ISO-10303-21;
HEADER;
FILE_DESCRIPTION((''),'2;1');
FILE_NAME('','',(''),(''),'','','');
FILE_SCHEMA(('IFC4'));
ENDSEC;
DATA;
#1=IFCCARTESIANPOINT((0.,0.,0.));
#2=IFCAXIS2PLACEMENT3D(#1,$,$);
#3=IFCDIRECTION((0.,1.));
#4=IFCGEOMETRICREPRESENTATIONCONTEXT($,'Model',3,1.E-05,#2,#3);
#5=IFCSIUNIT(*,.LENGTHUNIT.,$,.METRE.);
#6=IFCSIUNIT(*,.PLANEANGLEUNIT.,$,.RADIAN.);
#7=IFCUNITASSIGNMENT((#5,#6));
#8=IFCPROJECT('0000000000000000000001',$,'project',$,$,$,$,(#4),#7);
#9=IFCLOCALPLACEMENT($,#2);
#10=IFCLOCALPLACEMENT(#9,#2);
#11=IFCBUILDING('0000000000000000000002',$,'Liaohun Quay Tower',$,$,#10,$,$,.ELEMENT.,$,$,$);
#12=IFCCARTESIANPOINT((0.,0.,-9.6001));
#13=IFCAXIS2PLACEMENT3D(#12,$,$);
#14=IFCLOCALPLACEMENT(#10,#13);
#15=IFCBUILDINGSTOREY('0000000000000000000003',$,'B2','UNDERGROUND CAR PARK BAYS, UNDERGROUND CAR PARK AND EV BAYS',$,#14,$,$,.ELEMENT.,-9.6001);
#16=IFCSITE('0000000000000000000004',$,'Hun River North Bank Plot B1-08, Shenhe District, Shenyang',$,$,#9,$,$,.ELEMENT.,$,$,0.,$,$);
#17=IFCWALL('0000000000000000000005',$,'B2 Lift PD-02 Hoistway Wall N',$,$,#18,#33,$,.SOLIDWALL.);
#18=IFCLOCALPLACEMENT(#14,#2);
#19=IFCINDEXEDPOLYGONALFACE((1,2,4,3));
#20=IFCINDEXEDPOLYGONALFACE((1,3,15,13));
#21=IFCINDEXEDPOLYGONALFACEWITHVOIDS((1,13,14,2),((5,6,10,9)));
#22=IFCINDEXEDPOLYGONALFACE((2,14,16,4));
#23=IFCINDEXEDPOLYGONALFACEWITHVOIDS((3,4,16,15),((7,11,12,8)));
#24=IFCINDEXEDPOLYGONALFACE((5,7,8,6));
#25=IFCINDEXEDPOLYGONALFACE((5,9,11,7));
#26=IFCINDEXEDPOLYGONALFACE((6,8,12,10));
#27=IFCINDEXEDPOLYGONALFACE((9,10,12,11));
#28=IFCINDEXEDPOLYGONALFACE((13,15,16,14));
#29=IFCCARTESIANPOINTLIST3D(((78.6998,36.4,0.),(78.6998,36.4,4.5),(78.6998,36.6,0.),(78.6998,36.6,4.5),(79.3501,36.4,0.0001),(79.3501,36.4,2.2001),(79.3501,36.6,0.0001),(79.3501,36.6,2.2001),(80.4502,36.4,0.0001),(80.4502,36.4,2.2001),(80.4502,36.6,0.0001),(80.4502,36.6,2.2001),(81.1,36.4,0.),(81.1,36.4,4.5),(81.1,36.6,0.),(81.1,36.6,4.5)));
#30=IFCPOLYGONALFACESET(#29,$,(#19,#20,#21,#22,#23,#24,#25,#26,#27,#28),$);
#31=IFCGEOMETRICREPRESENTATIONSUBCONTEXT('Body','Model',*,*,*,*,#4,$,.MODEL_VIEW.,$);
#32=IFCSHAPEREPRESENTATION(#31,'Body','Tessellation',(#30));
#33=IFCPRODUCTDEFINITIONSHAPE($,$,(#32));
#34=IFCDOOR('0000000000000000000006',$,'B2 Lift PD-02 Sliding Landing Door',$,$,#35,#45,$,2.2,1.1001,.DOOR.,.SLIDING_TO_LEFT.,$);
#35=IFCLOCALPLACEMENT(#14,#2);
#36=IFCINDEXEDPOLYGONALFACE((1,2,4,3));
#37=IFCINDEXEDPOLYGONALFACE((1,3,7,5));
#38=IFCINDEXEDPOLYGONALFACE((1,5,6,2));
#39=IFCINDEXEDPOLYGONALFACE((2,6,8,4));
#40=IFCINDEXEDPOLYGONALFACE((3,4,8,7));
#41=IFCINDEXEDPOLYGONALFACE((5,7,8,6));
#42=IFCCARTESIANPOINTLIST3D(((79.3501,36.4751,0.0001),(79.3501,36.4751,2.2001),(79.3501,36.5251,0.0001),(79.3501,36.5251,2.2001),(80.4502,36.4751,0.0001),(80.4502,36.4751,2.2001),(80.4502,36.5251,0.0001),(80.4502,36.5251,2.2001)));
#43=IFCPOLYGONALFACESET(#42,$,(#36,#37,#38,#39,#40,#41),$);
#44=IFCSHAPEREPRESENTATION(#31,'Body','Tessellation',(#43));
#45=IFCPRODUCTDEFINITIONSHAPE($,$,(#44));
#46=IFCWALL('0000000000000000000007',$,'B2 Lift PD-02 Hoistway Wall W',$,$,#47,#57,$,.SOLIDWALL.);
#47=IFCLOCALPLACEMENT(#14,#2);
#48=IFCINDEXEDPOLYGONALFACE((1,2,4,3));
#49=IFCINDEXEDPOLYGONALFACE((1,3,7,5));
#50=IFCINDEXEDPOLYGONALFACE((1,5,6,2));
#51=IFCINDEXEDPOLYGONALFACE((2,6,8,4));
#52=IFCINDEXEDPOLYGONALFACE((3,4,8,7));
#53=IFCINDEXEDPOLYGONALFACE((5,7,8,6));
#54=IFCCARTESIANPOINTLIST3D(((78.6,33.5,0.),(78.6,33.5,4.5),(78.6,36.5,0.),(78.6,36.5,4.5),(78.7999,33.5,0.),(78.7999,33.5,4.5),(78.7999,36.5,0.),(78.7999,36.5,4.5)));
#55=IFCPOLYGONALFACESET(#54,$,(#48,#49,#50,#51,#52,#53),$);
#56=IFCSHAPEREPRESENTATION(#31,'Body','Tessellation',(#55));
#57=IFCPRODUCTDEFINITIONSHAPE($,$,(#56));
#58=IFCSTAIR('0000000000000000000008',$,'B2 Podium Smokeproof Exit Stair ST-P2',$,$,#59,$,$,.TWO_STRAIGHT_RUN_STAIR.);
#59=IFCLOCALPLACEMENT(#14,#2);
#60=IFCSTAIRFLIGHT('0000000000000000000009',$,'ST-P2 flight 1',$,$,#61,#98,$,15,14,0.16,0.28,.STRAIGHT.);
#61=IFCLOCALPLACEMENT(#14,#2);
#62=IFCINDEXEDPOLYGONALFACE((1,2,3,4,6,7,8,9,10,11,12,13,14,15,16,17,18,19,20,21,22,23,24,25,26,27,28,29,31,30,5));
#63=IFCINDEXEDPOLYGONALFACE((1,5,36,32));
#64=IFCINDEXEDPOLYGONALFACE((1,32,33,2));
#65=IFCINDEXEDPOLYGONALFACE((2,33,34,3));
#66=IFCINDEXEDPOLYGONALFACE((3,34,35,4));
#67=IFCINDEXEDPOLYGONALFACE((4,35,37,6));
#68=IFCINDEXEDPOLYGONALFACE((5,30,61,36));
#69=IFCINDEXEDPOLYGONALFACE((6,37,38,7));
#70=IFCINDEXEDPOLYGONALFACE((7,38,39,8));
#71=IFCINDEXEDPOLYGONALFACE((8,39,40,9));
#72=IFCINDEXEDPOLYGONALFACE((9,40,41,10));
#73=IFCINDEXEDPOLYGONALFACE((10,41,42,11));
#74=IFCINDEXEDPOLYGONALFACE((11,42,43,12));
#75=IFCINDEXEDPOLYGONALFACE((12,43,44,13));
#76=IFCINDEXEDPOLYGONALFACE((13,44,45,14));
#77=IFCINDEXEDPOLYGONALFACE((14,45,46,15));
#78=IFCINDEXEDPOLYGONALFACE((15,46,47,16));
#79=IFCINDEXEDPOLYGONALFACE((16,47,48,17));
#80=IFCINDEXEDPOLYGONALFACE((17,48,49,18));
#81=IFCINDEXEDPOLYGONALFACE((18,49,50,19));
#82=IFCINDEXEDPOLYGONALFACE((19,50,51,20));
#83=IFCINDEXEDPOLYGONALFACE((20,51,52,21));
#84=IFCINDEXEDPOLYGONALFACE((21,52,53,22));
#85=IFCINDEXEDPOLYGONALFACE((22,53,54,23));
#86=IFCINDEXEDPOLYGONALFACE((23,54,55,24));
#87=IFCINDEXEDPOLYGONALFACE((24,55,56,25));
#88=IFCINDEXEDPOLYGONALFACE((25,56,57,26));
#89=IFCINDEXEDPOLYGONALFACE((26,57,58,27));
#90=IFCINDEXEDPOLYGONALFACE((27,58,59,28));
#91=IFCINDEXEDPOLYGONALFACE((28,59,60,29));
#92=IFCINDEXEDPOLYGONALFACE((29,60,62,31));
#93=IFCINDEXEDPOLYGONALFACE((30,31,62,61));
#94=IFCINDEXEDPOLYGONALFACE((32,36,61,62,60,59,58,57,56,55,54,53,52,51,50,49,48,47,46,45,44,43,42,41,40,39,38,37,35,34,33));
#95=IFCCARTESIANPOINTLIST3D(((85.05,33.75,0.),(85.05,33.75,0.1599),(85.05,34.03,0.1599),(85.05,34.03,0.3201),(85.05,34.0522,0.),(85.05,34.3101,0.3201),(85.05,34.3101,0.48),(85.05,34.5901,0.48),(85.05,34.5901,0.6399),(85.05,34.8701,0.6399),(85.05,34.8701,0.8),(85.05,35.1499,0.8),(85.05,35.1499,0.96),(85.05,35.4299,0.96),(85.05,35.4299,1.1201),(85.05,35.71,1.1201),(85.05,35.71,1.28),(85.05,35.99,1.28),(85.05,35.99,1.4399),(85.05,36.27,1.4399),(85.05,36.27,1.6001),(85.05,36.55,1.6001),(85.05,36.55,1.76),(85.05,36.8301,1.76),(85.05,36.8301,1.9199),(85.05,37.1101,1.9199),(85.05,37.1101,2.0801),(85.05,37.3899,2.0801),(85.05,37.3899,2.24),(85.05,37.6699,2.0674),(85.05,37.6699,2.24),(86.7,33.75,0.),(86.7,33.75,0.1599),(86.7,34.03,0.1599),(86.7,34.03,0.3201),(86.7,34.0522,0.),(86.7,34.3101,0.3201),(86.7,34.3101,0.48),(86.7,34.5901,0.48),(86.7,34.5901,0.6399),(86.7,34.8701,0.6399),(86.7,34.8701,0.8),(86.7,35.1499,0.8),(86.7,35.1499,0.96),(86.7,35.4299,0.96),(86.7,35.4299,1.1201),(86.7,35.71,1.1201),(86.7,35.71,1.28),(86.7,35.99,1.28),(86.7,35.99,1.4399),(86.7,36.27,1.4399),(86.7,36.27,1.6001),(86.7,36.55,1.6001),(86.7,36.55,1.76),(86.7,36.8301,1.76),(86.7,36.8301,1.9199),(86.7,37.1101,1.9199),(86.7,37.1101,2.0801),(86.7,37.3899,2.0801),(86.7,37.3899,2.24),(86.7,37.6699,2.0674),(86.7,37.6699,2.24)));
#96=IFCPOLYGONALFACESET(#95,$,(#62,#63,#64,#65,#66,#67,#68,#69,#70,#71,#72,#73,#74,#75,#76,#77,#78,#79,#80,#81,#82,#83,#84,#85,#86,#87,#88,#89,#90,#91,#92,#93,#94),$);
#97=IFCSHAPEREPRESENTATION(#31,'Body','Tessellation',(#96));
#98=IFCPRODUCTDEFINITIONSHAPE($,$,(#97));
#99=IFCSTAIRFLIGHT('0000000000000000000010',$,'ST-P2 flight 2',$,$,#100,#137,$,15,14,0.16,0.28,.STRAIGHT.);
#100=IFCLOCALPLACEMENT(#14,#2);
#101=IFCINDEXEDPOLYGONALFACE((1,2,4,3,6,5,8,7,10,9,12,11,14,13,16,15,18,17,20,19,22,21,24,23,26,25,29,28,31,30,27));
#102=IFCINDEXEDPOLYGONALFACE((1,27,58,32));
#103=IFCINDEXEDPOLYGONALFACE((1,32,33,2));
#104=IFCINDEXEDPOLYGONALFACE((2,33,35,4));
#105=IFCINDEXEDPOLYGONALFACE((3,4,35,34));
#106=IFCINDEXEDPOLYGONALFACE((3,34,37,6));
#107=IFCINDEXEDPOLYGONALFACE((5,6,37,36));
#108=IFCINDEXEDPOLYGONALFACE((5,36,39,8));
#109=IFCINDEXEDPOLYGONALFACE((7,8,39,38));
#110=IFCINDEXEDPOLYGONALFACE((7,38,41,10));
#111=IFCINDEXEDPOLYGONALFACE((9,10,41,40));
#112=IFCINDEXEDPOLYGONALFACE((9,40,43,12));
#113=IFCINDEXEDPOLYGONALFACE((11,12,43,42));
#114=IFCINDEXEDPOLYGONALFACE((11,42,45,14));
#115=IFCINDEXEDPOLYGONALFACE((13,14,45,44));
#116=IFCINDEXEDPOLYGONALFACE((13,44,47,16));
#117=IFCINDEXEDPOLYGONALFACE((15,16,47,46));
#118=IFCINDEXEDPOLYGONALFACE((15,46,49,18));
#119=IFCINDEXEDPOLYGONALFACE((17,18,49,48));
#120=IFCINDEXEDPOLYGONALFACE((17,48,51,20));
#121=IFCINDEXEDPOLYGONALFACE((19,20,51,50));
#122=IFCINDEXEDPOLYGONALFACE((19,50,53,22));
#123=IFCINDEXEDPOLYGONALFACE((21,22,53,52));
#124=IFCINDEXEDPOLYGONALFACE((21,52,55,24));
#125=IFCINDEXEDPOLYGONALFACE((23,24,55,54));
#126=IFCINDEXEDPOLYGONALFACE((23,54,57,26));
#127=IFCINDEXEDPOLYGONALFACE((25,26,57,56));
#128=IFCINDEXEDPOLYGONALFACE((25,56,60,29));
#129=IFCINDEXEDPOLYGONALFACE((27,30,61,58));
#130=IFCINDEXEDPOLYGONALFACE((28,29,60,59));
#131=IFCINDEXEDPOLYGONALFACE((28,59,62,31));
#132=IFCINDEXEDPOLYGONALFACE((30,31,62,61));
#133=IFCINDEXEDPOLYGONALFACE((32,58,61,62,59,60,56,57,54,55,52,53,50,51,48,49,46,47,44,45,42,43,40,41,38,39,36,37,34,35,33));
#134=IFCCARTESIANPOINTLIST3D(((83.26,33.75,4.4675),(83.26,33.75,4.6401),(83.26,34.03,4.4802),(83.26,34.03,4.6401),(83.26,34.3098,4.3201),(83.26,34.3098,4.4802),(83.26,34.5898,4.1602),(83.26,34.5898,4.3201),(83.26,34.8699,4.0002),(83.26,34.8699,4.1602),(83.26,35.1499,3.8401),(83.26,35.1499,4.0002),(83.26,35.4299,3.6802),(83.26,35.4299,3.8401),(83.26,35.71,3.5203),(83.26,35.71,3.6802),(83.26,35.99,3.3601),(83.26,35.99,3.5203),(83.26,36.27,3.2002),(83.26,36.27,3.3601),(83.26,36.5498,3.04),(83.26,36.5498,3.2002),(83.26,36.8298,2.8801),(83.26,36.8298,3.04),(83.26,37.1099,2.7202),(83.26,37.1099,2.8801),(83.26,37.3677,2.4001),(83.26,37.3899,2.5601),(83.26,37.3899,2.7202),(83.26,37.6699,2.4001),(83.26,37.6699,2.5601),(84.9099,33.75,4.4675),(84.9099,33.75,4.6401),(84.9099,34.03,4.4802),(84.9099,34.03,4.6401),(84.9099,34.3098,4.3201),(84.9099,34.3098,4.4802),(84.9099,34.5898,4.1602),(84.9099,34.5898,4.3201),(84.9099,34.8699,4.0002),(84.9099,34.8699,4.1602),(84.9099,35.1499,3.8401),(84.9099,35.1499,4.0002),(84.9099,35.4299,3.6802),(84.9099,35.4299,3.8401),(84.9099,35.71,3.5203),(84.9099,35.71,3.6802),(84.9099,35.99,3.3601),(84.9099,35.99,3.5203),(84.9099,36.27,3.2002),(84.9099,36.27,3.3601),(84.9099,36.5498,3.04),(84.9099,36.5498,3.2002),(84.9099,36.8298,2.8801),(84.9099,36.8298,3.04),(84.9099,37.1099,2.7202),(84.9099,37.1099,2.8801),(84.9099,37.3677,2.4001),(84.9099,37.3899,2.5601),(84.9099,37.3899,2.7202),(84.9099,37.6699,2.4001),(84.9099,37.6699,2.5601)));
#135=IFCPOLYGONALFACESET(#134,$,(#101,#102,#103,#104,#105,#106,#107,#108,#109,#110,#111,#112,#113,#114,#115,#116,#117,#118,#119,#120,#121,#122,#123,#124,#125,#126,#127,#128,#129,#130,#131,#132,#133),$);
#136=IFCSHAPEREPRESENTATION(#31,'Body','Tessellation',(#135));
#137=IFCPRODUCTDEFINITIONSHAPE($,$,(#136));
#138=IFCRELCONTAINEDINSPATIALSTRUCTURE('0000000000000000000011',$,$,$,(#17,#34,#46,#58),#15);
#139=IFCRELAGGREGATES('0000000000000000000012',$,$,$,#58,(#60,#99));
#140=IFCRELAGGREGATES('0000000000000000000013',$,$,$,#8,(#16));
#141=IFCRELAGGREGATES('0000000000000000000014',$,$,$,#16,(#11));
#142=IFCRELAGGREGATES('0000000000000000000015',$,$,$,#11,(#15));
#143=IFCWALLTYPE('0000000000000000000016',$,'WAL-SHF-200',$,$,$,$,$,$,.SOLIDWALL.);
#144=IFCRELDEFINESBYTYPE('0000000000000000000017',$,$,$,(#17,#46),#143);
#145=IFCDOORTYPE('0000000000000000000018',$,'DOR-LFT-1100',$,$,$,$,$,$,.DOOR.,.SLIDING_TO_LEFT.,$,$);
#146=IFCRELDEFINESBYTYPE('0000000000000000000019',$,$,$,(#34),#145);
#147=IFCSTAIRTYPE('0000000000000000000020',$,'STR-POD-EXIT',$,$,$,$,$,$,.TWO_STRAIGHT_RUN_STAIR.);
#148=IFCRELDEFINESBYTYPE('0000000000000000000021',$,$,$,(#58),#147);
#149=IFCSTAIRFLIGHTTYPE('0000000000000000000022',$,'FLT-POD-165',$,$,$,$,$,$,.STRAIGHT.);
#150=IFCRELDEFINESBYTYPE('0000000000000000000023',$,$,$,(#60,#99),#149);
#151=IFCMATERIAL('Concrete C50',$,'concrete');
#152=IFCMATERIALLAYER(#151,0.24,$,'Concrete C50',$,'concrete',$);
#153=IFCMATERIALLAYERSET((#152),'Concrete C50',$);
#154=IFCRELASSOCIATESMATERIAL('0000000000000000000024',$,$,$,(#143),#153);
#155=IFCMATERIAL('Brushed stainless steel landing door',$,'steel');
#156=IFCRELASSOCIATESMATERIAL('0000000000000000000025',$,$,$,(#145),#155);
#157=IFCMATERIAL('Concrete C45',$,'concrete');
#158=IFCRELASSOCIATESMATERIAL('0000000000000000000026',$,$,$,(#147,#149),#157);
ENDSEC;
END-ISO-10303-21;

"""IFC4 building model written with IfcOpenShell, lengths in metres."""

from ifc_helpers import new_model, si_unit, direction, frame, frame_2d, origin, place, context, subcontext, project, spatial, polyline, rectangle, outline, extrude, source, transform, mapped, material, layer, layer_set, type_object, element, fill, aggregate, save


model = new_model("IFC4")

# Units and contexts
model_context = context("Model", 3, precision=1e-05, world=origin(), true_north=direction((0.0, 1.0)))
body_context = subcontext(model_context, "Body", "Model", "MODEL_VIEW")
ifc_project = project(units=[si_unit("LENGTHUNIT", "METRE"), si_unit("PLANEANGLEUNIT", "RADIAN")], contexts=[model_context])

# Site, building, storey
site_placement = place(None, origin())
site = spatial("IfcSite", under=ifc_project, at=site_placement, Name="Hun River North Bank Plot B1-08, Shenhe District, Shenyang", CompositionType="ELEMENT", RefElevation=0.0)
building_placement = place(site_placement, origin())
building = spatial("IfcBuilding", under=site, at=building_placement, Name="Liaohun Quay Tower", CompositionType="ELEMENT")
storey_placement = place(building_placement, frame((0.0, 0.0, -9.6001)))
storey = spatial("IfcBuildingStorey", under=building, at=storey_placement, Name="B2", Description="UNDERGROUND CAR PARK BAYS, UNDERGROUND CAR PARK AND EV BAYS", CompositionType="ELEMENT", Elevation=-9.6001)

# Shared definitions
ifc_material_1 = material(Name="Concrete C45", Category="concrete")

# Shared definitions
ifc_material_2 = material(Name="Concrete C50", Category="concrete")

# Shared definitions
ifc_layer = layer(ifc_material_2, 0.24, Name="Concrete C50", Category="concrete")
ifc_layer_set = layer_set([ifc_layer], Name="Concrete C50")
wall_type = type_object("IfcWallType", Name="WAL-SHF-200", PredefinedType="SOLIDWALL", material=ifc_layer_set)

# Wall, opening, door
wall_1_placement = place(storey_placement, frame((81.1001, 36.5, 0.0), z_axis=(0.0, 0.0, 1.0), x_axis=(-1.0, 0.0, 0.0)))
wall_1 = element("IfcWall", 1, at=wall_1_placement, inside=storey, type_object=wall_type, Name="B2 Lift PD-02 Hoistway Wall N", PredefinedType="SOLIDWALL", context=body_context, shape_type="SweptSolid", body=[
    extrude(rectangle(XDim=2.4001, YDim=0.2, at=frame_2d((1.2002, 0.0))), origin(), (0.0, 0.0, 1.0), 4.5),
])
shared_shape_1 = source(origin(), body_context, "Body", "SweptSolid", [
    extrude(rectangle(XDim=1.1001, YDim=2.2, at=frame_2d((0.55, 1.1001))), frame((0.0, 0.1099, 0.0), z_axis=(0.0, -1.0, 0.0), x_axis=(1.0, 0.0, 0.0)), (0.0, 0.0, 1.0), 0.22),
])
opening_placement = place(wall_1_placement, frame((0.6499, 0.0, 0.0)))
opening = element("IfcOpeningElement", 2, at=opening_placement, cuts=wall_1, PredefinedType="OPENING", context=body_context, shape_type="MappedRepresentation", body=[
    mapped(shared_shape_1, transform((0.0, 0.0, 0.0), x_axis=(1.0, 0.0, 0.0), y_axis=(0.0, 1.0, 0.0), z_axis=(0.0, 0.0, 1.0), scale=1.0)),
])
ifc_material_3 = material(Name="Brushed stainless steel landing door", Category="steel")
door_type = type_object("IfcDoorType", Name="DOR-LFT-1100", OperationType="SLIDING_TO_LEFT", PredefinedType="DOOR", material=ifc_material_3)
shared_shape_2 = source(origin(), body_context, "Body", "SweptSolid", [
    extrude(rectangle(XDim=1.1001, YDim=2.2, at=frame_2d((0.55, 1.1001))), frame((0.0, 0.0249, 0.0), z_axis=(0.0, -1.0, 0.0), x_axis=(1.0, 0.0, 0.0)), (0.0, 0.0, 1.0), 0.05),
])
door_placement = place(opening_placement, origin())
door = element("IfcDoor", 3, at=door_placement, inside=storey, type_object=door_type, Name="B2 Lift PD-02 Sliding Landing Door", OperationType="SLIDING_TO_LEFT", OverallHeight=2.2, OverallWidth=1.1001, PredefinedType="DOOR", context=body_context, shape_type="MappedRepresentation", body=[
    mapped(shared_shape_2, transform((0.0, 0.0, 0.0), x_axis=(1.0, 0.0, 0.0), y_axis=(0.0, 1.0, 0.0), z_axis=(0.0, 0.0, 1.0), scale=1.0)),
])
fill(opening, door)

# Wall
wall_2_placement = place(storey_placement, frame((78.7, 36.5, 0.0), z_axis=(0.0, 0.0, 1.0), x_axis=(0.0, -1.0, 0.0)))
element("IfcWall", 4, at=wall_2_placement, inside=storey, type_object=wall_type, Name="B2 Lift PD-02 Hoistway Wall W", PredefinedType="SOLIDWALL", context=body_context, shape_type="SweptSolid", body=[
    extrude(rectangle(XDim=3.0, YDim=0.2, at=frame_2d((1.5, 0.0))), origin(), (0.0, 0.0, 1.0), 4.5),
])

# Stair, stair flights
stair_type = type_object("IfcStairType", Name="STR-POD-EXIT", PredefinedType="TWO_STRAIGHT_RUN_STAIR", material=ifc_material_1)
stair_placement = place(storey_placement, origin())
stair = element("IfcStair", 5, at=stair_placement, inside=storey, type_object=stair_type, Name="B2 Podium Smokeproof Exit Stair ST-P2", PredefinedType="TWO_STRAIGHT_RUN_STAIR")
stair_flight_type = type_object("IfcStairFlightType", Name="FLT-POD-165", PredefinedType="STRAIGHT", material=ifc_material_1)
stair_flight_1_placement = place(storey_placement, frame((85.875, 33.75, 0.0), z_axis=(0.0, 0.0, 1.0), x_axis=(0.0, 1.0, 0.0)))
stair_flight_1 = element("IfcStairFlight", 6, at=stair_flight_1_placement, type_object=stair_flight_type, Name="ST-P2 flight 1", NumberOfRisers=15, NumberOfTreads=14, PredefinedType="STRAIGHT", RiserHeight=0.16, TreadLength=0.28, context=body_context, shape_type="SweptSolid", body=[
    extrude(outline(polyline([(0.0, 0.0), (0.0, 0.1599), (0.28, 0.1599), (0.28, 0.3201), (0.5601, 0.3201), (0.5601, 0.48), (0.8401, 0.48), (0.8401, 0.6399), (1.1201, 0.6399), (1.1201, 0.8), (1.3999, 0.8), (1.3999, 0.96), (1.6799, 0.96), (1.6799, 1.1201), (1.96, 1.1201), (1.96, 1.28), (2.24, 1.28), (2.24, 1.4399), (2.52, 1.4399), (2.52, 1.6001), (2.8, 1.6001), (2.8, 1.76), (3.0801, 1.76), (3.0801, 1.9199), (3.3601, 1.9199), (3.3601, 2.0801), (3.6399, 2.0801), (3.6399, 2.24), (3.9199, 2.24), (3.9199, 2.3999), (3.9199, 2.0674), (0.3022, 0.0), (0.0, 0.0)])), frame((0.0, 0.825, 0.0), z_axis=(0.0, -1.0, 0.0), x_axis=(1.0, 0.0, 0.0)), (0.0, 0.0, 1.0), 1.6499),
])
stair_flight_2_placement = place(storey_placement, frame((84.085, 37.6699, 2.4001), z_axis=(0.0, 0.0, 1.0), x_axis=(0.0, -1.0, 0.0)))
stair_flight_2 = element("IfcStairFlight", 7, at=stair_flight_2_placement, type_object=stair_flight_type, Name="ST-P2 flight 2", NumberOfRisers=15, NumberOfTreads=14, PredefinedType="STRAIGHT", RiserHeight=0.16, TreadLength=0.28, context=body_context, shape_type="SweptSolid", body=[
    extrude(outline(polyline([(0.0, 0.0), (0.0, 0.1599), (0.28, 0.1599), (0.28, 0.3201), (0.5601, 0.3201), (0.5601, 0.48), (0.8401, 0.48), (0.8401, 0.6399), (1.1201, 0.6399), (1.1201, 0.8), (1.3999, 0.8), (1.3999, 0.96), (1.6799, 0.96), (1.6799, 1.1201), (1.96, 1.1201), (1.96, 1.28), (2.24, 1.28), (2.24, 1.4399), (2.52, 1.4399), (2.52, 1.6001), (2.8, 1.6001), (2.8, 1.76), (3.0801, 1.76), (3.0801, 1.9199), (3.3601, 1.9199), (3.3601, 2.0801), (3.6399, 2.0801), (3.6399, 2.24), (3.9199, 2.24), (3.9199, 2.3999), (3.9199, 2.0674), (0.3022, 0.0), (0.0, 0.0)])), frame((0.0, 0.825, 0.0), z_axis=(0.0, -1.0, 0.0), x_axis=(1.0, 0.0, 0.0)), (0.0, 0.0, 1.0), 1.6499),
])
aggregate(stair, [stair_flight_1, stair_flight_2])

save(model, "model.ifc")
